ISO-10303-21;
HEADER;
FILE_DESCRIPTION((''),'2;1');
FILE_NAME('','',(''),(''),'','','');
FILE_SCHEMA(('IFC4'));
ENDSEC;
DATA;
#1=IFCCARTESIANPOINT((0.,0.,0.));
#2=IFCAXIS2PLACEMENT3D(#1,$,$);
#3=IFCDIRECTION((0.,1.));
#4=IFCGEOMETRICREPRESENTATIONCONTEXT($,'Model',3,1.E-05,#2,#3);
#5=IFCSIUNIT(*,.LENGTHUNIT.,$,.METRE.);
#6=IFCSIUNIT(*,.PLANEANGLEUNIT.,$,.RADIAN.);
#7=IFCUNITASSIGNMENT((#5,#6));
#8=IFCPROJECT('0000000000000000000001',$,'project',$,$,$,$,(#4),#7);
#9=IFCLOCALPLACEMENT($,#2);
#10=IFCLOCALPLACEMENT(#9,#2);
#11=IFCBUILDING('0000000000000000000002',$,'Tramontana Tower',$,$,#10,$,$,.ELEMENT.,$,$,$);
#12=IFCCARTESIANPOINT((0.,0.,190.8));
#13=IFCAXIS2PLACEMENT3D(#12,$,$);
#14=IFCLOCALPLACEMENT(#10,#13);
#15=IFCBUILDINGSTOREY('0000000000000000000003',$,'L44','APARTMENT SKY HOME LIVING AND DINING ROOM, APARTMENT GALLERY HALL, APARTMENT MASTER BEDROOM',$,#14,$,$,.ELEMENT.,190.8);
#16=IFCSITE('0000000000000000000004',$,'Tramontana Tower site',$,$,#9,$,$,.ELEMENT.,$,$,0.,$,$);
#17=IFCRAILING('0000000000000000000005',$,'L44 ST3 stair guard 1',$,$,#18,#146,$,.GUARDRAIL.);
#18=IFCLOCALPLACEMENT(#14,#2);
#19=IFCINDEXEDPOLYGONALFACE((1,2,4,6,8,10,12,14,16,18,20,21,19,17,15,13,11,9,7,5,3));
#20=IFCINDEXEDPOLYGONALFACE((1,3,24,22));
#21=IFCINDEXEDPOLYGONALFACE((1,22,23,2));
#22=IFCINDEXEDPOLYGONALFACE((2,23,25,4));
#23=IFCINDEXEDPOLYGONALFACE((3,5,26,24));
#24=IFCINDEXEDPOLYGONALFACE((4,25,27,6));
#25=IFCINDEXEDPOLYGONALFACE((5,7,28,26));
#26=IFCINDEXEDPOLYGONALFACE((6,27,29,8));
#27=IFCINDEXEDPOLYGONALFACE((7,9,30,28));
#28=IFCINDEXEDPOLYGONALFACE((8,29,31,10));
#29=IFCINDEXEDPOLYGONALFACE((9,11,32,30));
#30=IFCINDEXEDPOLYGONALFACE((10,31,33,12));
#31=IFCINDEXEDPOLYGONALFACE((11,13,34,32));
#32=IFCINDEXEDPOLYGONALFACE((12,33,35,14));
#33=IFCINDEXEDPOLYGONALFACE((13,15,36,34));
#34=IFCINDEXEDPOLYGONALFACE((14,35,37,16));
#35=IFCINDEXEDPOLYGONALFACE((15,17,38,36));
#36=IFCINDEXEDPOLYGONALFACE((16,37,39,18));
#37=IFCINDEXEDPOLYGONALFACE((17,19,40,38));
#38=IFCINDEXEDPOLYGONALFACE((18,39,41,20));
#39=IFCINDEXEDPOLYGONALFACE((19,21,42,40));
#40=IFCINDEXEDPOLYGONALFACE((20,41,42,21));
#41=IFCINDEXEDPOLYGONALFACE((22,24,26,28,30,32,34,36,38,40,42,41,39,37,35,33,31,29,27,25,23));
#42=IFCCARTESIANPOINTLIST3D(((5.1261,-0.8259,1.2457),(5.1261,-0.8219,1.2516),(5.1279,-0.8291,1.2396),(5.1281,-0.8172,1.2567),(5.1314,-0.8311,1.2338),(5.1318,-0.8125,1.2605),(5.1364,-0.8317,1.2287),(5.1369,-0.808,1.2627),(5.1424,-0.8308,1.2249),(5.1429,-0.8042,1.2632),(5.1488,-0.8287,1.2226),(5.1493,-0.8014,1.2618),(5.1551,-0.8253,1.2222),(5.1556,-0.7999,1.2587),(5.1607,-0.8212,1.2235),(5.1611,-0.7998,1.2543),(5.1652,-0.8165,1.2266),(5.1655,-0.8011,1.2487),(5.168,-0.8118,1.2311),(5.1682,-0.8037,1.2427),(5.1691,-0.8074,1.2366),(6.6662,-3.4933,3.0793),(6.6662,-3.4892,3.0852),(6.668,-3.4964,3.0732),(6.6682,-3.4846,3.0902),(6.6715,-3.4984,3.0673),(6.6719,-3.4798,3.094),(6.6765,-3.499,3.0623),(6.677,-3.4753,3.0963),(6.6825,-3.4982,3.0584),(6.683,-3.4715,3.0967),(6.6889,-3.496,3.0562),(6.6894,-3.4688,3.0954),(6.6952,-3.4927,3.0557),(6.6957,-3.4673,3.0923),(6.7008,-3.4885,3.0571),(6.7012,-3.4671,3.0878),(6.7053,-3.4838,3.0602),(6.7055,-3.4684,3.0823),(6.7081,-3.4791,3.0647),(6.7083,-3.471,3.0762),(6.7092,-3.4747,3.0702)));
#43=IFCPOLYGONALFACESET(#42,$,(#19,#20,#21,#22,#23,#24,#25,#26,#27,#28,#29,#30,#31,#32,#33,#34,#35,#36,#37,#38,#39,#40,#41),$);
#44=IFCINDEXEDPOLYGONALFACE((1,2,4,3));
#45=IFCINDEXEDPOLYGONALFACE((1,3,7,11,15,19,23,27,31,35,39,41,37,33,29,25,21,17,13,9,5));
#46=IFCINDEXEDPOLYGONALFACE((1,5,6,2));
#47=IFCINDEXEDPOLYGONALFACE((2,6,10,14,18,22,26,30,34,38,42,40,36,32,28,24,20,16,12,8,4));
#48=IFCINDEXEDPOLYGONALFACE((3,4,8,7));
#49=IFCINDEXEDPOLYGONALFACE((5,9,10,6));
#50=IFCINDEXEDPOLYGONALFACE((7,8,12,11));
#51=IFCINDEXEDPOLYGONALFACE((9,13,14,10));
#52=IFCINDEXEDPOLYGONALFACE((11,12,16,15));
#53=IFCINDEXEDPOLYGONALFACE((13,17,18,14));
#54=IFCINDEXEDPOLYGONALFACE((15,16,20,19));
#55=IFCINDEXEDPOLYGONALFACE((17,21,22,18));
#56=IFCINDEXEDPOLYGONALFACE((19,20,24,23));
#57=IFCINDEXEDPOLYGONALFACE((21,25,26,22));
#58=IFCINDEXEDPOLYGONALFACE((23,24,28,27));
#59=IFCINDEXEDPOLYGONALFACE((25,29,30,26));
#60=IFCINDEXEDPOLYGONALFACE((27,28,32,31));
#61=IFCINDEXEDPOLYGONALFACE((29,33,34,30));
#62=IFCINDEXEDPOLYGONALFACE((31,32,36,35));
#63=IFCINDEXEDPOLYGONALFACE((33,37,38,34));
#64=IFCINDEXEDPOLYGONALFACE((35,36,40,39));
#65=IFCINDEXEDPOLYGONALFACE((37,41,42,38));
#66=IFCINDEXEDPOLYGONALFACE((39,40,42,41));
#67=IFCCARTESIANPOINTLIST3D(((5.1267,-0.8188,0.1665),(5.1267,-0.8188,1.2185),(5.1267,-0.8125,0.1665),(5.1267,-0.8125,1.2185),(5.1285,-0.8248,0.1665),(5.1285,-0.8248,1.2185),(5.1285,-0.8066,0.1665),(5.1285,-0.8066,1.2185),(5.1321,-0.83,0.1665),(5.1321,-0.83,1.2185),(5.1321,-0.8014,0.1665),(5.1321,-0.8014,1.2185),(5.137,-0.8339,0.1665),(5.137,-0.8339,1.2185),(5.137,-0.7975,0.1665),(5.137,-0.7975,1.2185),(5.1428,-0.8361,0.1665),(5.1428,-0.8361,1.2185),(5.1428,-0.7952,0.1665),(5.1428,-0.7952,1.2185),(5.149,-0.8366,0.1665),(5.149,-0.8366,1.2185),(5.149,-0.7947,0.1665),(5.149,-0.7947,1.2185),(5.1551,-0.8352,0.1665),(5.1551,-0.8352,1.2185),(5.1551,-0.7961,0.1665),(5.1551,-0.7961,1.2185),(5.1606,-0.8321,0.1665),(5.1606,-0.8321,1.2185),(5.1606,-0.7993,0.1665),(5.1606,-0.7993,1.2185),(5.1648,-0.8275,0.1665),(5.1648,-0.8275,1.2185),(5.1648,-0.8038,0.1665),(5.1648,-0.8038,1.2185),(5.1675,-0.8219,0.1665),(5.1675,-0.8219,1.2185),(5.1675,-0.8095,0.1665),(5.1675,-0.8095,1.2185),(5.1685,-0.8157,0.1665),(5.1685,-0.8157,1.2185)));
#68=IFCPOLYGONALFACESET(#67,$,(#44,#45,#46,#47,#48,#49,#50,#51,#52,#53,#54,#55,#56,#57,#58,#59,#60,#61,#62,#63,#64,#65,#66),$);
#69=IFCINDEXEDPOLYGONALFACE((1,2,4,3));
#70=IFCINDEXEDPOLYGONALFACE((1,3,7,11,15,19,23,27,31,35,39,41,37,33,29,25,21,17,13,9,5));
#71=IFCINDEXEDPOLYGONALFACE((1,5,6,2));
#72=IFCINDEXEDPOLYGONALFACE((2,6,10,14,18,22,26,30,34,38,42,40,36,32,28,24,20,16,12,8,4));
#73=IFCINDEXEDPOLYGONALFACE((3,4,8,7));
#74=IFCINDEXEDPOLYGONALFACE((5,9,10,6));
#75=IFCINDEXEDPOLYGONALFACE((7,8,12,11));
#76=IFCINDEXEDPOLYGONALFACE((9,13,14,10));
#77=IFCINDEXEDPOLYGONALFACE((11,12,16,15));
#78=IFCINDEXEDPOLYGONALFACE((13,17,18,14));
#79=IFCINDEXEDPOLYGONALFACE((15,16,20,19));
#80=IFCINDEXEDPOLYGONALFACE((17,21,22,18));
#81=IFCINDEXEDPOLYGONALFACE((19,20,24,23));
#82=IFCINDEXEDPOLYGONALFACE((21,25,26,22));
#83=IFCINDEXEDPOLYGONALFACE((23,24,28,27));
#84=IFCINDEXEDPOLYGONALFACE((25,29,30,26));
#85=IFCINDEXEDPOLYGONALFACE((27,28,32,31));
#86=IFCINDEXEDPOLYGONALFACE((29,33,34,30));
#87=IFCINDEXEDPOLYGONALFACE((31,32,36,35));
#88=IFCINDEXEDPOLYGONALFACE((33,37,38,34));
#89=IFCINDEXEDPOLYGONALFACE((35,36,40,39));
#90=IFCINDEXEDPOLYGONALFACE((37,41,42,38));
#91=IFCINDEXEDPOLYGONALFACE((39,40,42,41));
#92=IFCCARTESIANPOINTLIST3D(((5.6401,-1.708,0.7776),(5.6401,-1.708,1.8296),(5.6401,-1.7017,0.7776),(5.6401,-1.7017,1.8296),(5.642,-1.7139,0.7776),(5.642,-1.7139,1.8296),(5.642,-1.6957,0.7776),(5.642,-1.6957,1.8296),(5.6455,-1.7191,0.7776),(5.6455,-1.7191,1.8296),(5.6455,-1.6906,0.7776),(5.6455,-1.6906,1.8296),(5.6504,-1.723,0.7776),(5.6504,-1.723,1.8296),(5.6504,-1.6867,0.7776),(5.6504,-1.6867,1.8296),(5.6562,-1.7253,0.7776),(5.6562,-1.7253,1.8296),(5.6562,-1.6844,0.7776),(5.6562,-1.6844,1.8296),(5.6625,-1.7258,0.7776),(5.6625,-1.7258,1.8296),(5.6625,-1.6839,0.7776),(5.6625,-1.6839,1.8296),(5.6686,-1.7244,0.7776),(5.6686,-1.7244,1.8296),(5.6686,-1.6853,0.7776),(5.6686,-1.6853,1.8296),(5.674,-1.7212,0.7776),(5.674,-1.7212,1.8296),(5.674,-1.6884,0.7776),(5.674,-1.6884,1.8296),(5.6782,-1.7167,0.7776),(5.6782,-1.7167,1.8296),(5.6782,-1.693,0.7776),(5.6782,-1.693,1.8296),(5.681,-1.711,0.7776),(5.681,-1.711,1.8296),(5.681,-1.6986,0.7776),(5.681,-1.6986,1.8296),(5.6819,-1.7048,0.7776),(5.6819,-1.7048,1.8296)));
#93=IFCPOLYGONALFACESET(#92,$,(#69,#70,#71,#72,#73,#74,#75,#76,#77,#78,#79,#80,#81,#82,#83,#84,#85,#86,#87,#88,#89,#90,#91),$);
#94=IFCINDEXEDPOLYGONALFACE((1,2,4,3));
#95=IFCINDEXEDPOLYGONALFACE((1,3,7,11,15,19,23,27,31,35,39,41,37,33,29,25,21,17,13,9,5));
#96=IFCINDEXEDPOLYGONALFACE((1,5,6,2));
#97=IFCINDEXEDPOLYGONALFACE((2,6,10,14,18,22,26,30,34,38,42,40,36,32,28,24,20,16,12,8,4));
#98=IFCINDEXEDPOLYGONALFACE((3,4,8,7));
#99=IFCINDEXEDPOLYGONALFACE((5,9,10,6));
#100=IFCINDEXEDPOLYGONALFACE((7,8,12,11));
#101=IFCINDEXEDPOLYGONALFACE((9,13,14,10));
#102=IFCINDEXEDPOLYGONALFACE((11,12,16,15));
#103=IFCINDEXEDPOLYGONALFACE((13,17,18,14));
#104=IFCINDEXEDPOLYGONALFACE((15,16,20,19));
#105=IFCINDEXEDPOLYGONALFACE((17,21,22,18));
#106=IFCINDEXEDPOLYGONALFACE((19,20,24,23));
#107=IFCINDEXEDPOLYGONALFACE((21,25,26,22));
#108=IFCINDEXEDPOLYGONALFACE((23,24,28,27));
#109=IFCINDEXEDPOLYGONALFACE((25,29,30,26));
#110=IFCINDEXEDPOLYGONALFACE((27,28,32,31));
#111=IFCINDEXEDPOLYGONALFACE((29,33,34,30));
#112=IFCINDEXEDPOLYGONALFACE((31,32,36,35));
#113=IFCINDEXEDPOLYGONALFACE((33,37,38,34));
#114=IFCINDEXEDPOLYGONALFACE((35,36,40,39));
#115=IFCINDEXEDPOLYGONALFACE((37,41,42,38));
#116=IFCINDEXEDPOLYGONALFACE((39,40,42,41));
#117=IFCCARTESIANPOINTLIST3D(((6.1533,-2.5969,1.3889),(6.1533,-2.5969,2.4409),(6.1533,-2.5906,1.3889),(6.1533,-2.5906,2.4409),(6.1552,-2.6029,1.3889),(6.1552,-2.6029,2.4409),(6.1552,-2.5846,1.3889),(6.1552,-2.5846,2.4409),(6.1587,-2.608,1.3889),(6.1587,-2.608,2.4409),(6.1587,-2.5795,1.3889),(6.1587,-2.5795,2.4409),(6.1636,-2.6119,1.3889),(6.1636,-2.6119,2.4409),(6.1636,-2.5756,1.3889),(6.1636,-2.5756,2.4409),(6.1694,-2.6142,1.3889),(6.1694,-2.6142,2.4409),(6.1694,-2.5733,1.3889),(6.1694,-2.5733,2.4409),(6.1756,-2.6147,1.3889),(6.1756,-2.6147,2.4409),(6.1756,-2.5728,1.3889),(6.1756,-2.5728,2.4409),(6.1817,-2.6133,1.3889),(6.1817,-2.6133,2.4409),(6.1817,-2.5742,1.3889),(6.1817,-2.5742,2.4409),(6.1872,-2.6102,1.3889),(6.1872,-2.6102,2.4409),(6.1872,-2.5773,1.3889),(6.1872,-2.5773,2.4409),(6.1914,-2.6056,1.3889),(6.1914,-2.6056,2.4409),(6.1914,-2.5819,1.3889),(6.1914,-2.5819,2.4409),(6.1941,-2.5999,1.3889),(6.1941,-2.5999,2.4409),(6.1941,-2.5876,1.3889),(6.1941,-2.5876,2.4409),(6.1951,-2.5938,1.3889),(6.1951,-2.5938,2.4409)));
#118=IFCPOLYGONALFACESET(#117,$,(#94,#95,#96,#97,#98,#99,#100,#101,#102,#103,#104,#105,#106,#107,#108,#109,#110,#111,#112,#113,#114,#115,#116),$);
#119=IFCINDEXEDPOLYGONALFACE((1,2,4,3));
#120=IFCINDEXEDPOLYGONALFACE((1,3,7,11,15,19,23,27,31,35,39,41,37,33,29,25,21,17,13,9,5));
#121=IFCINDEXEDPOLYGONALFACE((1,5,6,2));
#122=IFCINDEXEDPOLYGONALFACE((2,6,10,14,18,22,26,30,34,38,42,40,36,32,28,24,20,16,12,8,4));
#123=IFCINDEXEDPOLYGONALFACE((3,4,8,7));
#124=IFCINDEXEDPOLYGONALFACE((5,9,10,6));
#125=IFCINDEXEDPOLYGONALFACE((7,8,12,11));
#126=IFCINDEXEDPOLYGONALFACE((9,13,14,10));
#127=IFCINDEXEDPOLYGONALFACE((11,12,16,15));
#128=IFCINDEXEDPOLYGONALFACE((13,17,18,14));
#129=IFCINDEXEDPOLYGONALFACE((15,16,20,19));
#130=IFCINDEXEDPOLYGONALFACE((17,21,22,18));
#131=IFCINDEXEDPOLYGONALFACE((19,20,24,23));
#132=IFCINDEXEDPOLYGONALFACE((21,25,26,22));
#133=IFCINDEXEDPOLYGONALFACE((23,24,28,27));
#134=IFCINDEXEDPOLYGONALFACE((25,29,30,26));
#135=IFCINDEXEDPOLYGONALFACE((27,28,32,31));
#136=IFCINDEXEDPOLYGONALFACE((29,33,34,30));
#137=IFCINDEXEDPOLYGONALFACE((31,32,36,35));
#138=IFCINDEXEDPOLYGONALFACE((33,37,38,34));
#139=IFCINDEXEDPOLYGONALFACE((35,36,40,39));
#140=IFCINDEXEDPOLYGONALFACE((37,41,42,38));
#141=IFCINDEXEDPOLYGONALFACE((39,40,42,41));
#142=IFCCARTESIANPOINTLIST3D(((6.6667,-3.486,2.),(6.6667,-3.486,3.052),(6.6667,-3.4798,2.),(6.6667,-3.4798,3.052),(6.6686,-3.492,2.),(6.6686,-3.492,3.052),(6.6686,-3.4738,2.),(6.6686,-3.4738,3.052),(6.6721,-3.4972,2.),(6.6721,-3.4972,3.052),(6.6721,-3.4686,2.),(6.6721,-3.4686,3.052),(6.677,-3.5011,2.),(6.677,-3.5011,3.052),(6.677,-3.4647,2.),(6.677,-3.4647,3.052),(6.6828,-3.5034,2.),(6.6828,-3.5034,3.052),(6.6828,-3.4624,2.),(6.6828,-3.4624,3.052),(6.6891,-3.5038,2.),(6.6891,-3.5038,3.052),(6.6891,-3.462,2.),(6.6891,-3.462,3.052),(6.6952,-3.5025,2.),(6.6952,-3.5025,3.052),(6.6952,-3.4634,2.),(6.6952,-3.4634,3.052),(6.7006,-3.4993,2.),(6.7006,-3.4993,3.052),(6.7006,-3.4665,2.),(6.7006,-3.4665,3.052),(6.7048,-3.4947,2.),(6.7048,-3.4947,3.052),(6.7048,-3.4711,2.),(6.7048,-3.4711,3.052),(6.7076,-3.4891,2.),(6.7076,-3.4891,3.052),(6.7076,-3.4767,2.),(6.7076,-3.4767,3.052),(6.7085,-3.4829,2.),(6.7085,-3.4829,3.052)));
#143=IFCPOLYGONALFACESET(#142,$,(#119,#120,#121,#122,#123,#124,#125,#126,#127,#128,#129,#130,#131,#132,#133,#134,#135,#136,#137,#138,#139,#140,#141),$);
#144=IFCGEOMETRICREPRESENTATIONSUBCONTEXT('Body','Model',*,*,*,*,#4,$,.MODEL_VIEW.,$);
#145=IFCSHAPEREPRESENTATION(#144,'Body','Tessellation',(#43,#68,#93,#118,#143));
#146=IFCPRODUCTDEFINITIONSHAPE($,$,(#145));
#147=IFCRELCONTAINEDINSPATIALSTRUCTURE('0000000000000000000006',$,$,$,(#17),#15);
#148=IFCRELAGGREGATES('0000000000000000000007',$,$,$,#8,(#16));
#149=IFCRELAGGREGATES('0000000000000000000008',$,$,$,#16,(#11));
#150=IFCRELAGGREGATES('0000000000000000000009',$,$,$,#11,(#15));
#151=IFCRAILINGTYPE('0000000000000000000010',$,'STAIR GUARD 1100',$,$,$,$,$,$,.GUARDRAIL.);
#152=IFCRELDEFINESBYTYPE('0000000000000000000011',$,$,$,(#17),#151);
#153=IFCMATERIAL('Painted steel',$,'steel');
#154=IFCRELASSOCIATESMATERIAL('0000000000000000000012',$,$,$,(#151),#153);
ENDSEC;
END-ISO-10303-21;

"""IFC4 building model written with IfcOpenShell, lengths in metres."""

from ifc_helpers import new_model, si_unit, direction, frame, origin, origin_2d, place, context, subcontext, project, spatial, circle, extrude, material, type_object, element, save


model = new_model("IFC4")

# Units and contexts
model_context = context("Model", 3, precision=1e-05, world=origin(), true_north=direction((0.0, 1.0)))
body_context = subcontext(model_context, "Body", "Model", "MODEL_VIEW")
ifc_project = project(units=[si_unit("LENGTHUNIT", "METRE"), si_unit("PLANEANGLEUNIT", "RADIAN")], contexts=[model_context])

# Site, building, storey
site_placement = place(None, origin())
site = spatial("IfcSite", under=ifc_project, at=site_placement, Name="Tramontana Tower site", CompositionType="ELEMENT", RefElevation=0.0)
building_placement = place(site_placement, origin())
building = spatial("IfcBuilding", under=site, at=building_placement, Name="Tramontana Tower", CompositionType="ELEMENT")
storey_placement = place(building_placement, frame((0.0, 0.0, 190.8)))
storey = spatial("IfcBuildingStorey", under=building, at=storey_placement, Name="L44", Description="APARTMENT SKY HOME LIVING AND DINING ROOM, APARTMENT GALLERY HALL, APARTMENT MASTER BEDROOM", CompositionType="ELEMENT", Elevation=190.8)

# Railing
ifc_material_1 = material(Name="Painted steel", Category="steel")
railing_type_1 = type_object("IfcRailingType", Name="STAIR GUARD 1100", PredefinedType="GUARDRAIL", material=ifc_material_1)
railing_1_placement = place(storey_placement, frame((5.1475, -0.8157, 0.1665)))
element("IfcRailing", 1, at=railing_1_placement, inside=storey, type_object=railing_type_1, Name="L44 ST3 stair guard 1", PredefinedType="GUARDRAIL", context=body_context, shape_type="SweptSolid", body=[
    extrude(circle(Radius=0.0239, at=origin_2d()), frame((0.0, 0.0, 1.0762), z_axis=(0.429656, -0.744134, 0.511528), x_axis=(0.86601, 0.500027, 0.0)), (0.0, 0.0, 1.0), 3.5845),
    extrude(circle(Radius=0.021, at=origin_2d()), origin(), (0.0, 0.0, 1.0), 1.052),
    extrude(circle(Radius=0.021, at=origin_2d()), frame((0.5134, -0.8892, 0.6111)), (0.0, 0.0, 1.0), 1.052),
    extrude(circle(Radius=0.021, at=origin_2d()), frame((1.0266, -1.7781, 1.2224)), (0.0, 0.0, 1.0), 1.052),
    extrude(circle(Radius=0.021, at=origin_2d()), frame((1.54, -2.6672, 1.8335)), (0.0, 0.0, 1.0), 1.052),
])

save(model, "model.ifc")
